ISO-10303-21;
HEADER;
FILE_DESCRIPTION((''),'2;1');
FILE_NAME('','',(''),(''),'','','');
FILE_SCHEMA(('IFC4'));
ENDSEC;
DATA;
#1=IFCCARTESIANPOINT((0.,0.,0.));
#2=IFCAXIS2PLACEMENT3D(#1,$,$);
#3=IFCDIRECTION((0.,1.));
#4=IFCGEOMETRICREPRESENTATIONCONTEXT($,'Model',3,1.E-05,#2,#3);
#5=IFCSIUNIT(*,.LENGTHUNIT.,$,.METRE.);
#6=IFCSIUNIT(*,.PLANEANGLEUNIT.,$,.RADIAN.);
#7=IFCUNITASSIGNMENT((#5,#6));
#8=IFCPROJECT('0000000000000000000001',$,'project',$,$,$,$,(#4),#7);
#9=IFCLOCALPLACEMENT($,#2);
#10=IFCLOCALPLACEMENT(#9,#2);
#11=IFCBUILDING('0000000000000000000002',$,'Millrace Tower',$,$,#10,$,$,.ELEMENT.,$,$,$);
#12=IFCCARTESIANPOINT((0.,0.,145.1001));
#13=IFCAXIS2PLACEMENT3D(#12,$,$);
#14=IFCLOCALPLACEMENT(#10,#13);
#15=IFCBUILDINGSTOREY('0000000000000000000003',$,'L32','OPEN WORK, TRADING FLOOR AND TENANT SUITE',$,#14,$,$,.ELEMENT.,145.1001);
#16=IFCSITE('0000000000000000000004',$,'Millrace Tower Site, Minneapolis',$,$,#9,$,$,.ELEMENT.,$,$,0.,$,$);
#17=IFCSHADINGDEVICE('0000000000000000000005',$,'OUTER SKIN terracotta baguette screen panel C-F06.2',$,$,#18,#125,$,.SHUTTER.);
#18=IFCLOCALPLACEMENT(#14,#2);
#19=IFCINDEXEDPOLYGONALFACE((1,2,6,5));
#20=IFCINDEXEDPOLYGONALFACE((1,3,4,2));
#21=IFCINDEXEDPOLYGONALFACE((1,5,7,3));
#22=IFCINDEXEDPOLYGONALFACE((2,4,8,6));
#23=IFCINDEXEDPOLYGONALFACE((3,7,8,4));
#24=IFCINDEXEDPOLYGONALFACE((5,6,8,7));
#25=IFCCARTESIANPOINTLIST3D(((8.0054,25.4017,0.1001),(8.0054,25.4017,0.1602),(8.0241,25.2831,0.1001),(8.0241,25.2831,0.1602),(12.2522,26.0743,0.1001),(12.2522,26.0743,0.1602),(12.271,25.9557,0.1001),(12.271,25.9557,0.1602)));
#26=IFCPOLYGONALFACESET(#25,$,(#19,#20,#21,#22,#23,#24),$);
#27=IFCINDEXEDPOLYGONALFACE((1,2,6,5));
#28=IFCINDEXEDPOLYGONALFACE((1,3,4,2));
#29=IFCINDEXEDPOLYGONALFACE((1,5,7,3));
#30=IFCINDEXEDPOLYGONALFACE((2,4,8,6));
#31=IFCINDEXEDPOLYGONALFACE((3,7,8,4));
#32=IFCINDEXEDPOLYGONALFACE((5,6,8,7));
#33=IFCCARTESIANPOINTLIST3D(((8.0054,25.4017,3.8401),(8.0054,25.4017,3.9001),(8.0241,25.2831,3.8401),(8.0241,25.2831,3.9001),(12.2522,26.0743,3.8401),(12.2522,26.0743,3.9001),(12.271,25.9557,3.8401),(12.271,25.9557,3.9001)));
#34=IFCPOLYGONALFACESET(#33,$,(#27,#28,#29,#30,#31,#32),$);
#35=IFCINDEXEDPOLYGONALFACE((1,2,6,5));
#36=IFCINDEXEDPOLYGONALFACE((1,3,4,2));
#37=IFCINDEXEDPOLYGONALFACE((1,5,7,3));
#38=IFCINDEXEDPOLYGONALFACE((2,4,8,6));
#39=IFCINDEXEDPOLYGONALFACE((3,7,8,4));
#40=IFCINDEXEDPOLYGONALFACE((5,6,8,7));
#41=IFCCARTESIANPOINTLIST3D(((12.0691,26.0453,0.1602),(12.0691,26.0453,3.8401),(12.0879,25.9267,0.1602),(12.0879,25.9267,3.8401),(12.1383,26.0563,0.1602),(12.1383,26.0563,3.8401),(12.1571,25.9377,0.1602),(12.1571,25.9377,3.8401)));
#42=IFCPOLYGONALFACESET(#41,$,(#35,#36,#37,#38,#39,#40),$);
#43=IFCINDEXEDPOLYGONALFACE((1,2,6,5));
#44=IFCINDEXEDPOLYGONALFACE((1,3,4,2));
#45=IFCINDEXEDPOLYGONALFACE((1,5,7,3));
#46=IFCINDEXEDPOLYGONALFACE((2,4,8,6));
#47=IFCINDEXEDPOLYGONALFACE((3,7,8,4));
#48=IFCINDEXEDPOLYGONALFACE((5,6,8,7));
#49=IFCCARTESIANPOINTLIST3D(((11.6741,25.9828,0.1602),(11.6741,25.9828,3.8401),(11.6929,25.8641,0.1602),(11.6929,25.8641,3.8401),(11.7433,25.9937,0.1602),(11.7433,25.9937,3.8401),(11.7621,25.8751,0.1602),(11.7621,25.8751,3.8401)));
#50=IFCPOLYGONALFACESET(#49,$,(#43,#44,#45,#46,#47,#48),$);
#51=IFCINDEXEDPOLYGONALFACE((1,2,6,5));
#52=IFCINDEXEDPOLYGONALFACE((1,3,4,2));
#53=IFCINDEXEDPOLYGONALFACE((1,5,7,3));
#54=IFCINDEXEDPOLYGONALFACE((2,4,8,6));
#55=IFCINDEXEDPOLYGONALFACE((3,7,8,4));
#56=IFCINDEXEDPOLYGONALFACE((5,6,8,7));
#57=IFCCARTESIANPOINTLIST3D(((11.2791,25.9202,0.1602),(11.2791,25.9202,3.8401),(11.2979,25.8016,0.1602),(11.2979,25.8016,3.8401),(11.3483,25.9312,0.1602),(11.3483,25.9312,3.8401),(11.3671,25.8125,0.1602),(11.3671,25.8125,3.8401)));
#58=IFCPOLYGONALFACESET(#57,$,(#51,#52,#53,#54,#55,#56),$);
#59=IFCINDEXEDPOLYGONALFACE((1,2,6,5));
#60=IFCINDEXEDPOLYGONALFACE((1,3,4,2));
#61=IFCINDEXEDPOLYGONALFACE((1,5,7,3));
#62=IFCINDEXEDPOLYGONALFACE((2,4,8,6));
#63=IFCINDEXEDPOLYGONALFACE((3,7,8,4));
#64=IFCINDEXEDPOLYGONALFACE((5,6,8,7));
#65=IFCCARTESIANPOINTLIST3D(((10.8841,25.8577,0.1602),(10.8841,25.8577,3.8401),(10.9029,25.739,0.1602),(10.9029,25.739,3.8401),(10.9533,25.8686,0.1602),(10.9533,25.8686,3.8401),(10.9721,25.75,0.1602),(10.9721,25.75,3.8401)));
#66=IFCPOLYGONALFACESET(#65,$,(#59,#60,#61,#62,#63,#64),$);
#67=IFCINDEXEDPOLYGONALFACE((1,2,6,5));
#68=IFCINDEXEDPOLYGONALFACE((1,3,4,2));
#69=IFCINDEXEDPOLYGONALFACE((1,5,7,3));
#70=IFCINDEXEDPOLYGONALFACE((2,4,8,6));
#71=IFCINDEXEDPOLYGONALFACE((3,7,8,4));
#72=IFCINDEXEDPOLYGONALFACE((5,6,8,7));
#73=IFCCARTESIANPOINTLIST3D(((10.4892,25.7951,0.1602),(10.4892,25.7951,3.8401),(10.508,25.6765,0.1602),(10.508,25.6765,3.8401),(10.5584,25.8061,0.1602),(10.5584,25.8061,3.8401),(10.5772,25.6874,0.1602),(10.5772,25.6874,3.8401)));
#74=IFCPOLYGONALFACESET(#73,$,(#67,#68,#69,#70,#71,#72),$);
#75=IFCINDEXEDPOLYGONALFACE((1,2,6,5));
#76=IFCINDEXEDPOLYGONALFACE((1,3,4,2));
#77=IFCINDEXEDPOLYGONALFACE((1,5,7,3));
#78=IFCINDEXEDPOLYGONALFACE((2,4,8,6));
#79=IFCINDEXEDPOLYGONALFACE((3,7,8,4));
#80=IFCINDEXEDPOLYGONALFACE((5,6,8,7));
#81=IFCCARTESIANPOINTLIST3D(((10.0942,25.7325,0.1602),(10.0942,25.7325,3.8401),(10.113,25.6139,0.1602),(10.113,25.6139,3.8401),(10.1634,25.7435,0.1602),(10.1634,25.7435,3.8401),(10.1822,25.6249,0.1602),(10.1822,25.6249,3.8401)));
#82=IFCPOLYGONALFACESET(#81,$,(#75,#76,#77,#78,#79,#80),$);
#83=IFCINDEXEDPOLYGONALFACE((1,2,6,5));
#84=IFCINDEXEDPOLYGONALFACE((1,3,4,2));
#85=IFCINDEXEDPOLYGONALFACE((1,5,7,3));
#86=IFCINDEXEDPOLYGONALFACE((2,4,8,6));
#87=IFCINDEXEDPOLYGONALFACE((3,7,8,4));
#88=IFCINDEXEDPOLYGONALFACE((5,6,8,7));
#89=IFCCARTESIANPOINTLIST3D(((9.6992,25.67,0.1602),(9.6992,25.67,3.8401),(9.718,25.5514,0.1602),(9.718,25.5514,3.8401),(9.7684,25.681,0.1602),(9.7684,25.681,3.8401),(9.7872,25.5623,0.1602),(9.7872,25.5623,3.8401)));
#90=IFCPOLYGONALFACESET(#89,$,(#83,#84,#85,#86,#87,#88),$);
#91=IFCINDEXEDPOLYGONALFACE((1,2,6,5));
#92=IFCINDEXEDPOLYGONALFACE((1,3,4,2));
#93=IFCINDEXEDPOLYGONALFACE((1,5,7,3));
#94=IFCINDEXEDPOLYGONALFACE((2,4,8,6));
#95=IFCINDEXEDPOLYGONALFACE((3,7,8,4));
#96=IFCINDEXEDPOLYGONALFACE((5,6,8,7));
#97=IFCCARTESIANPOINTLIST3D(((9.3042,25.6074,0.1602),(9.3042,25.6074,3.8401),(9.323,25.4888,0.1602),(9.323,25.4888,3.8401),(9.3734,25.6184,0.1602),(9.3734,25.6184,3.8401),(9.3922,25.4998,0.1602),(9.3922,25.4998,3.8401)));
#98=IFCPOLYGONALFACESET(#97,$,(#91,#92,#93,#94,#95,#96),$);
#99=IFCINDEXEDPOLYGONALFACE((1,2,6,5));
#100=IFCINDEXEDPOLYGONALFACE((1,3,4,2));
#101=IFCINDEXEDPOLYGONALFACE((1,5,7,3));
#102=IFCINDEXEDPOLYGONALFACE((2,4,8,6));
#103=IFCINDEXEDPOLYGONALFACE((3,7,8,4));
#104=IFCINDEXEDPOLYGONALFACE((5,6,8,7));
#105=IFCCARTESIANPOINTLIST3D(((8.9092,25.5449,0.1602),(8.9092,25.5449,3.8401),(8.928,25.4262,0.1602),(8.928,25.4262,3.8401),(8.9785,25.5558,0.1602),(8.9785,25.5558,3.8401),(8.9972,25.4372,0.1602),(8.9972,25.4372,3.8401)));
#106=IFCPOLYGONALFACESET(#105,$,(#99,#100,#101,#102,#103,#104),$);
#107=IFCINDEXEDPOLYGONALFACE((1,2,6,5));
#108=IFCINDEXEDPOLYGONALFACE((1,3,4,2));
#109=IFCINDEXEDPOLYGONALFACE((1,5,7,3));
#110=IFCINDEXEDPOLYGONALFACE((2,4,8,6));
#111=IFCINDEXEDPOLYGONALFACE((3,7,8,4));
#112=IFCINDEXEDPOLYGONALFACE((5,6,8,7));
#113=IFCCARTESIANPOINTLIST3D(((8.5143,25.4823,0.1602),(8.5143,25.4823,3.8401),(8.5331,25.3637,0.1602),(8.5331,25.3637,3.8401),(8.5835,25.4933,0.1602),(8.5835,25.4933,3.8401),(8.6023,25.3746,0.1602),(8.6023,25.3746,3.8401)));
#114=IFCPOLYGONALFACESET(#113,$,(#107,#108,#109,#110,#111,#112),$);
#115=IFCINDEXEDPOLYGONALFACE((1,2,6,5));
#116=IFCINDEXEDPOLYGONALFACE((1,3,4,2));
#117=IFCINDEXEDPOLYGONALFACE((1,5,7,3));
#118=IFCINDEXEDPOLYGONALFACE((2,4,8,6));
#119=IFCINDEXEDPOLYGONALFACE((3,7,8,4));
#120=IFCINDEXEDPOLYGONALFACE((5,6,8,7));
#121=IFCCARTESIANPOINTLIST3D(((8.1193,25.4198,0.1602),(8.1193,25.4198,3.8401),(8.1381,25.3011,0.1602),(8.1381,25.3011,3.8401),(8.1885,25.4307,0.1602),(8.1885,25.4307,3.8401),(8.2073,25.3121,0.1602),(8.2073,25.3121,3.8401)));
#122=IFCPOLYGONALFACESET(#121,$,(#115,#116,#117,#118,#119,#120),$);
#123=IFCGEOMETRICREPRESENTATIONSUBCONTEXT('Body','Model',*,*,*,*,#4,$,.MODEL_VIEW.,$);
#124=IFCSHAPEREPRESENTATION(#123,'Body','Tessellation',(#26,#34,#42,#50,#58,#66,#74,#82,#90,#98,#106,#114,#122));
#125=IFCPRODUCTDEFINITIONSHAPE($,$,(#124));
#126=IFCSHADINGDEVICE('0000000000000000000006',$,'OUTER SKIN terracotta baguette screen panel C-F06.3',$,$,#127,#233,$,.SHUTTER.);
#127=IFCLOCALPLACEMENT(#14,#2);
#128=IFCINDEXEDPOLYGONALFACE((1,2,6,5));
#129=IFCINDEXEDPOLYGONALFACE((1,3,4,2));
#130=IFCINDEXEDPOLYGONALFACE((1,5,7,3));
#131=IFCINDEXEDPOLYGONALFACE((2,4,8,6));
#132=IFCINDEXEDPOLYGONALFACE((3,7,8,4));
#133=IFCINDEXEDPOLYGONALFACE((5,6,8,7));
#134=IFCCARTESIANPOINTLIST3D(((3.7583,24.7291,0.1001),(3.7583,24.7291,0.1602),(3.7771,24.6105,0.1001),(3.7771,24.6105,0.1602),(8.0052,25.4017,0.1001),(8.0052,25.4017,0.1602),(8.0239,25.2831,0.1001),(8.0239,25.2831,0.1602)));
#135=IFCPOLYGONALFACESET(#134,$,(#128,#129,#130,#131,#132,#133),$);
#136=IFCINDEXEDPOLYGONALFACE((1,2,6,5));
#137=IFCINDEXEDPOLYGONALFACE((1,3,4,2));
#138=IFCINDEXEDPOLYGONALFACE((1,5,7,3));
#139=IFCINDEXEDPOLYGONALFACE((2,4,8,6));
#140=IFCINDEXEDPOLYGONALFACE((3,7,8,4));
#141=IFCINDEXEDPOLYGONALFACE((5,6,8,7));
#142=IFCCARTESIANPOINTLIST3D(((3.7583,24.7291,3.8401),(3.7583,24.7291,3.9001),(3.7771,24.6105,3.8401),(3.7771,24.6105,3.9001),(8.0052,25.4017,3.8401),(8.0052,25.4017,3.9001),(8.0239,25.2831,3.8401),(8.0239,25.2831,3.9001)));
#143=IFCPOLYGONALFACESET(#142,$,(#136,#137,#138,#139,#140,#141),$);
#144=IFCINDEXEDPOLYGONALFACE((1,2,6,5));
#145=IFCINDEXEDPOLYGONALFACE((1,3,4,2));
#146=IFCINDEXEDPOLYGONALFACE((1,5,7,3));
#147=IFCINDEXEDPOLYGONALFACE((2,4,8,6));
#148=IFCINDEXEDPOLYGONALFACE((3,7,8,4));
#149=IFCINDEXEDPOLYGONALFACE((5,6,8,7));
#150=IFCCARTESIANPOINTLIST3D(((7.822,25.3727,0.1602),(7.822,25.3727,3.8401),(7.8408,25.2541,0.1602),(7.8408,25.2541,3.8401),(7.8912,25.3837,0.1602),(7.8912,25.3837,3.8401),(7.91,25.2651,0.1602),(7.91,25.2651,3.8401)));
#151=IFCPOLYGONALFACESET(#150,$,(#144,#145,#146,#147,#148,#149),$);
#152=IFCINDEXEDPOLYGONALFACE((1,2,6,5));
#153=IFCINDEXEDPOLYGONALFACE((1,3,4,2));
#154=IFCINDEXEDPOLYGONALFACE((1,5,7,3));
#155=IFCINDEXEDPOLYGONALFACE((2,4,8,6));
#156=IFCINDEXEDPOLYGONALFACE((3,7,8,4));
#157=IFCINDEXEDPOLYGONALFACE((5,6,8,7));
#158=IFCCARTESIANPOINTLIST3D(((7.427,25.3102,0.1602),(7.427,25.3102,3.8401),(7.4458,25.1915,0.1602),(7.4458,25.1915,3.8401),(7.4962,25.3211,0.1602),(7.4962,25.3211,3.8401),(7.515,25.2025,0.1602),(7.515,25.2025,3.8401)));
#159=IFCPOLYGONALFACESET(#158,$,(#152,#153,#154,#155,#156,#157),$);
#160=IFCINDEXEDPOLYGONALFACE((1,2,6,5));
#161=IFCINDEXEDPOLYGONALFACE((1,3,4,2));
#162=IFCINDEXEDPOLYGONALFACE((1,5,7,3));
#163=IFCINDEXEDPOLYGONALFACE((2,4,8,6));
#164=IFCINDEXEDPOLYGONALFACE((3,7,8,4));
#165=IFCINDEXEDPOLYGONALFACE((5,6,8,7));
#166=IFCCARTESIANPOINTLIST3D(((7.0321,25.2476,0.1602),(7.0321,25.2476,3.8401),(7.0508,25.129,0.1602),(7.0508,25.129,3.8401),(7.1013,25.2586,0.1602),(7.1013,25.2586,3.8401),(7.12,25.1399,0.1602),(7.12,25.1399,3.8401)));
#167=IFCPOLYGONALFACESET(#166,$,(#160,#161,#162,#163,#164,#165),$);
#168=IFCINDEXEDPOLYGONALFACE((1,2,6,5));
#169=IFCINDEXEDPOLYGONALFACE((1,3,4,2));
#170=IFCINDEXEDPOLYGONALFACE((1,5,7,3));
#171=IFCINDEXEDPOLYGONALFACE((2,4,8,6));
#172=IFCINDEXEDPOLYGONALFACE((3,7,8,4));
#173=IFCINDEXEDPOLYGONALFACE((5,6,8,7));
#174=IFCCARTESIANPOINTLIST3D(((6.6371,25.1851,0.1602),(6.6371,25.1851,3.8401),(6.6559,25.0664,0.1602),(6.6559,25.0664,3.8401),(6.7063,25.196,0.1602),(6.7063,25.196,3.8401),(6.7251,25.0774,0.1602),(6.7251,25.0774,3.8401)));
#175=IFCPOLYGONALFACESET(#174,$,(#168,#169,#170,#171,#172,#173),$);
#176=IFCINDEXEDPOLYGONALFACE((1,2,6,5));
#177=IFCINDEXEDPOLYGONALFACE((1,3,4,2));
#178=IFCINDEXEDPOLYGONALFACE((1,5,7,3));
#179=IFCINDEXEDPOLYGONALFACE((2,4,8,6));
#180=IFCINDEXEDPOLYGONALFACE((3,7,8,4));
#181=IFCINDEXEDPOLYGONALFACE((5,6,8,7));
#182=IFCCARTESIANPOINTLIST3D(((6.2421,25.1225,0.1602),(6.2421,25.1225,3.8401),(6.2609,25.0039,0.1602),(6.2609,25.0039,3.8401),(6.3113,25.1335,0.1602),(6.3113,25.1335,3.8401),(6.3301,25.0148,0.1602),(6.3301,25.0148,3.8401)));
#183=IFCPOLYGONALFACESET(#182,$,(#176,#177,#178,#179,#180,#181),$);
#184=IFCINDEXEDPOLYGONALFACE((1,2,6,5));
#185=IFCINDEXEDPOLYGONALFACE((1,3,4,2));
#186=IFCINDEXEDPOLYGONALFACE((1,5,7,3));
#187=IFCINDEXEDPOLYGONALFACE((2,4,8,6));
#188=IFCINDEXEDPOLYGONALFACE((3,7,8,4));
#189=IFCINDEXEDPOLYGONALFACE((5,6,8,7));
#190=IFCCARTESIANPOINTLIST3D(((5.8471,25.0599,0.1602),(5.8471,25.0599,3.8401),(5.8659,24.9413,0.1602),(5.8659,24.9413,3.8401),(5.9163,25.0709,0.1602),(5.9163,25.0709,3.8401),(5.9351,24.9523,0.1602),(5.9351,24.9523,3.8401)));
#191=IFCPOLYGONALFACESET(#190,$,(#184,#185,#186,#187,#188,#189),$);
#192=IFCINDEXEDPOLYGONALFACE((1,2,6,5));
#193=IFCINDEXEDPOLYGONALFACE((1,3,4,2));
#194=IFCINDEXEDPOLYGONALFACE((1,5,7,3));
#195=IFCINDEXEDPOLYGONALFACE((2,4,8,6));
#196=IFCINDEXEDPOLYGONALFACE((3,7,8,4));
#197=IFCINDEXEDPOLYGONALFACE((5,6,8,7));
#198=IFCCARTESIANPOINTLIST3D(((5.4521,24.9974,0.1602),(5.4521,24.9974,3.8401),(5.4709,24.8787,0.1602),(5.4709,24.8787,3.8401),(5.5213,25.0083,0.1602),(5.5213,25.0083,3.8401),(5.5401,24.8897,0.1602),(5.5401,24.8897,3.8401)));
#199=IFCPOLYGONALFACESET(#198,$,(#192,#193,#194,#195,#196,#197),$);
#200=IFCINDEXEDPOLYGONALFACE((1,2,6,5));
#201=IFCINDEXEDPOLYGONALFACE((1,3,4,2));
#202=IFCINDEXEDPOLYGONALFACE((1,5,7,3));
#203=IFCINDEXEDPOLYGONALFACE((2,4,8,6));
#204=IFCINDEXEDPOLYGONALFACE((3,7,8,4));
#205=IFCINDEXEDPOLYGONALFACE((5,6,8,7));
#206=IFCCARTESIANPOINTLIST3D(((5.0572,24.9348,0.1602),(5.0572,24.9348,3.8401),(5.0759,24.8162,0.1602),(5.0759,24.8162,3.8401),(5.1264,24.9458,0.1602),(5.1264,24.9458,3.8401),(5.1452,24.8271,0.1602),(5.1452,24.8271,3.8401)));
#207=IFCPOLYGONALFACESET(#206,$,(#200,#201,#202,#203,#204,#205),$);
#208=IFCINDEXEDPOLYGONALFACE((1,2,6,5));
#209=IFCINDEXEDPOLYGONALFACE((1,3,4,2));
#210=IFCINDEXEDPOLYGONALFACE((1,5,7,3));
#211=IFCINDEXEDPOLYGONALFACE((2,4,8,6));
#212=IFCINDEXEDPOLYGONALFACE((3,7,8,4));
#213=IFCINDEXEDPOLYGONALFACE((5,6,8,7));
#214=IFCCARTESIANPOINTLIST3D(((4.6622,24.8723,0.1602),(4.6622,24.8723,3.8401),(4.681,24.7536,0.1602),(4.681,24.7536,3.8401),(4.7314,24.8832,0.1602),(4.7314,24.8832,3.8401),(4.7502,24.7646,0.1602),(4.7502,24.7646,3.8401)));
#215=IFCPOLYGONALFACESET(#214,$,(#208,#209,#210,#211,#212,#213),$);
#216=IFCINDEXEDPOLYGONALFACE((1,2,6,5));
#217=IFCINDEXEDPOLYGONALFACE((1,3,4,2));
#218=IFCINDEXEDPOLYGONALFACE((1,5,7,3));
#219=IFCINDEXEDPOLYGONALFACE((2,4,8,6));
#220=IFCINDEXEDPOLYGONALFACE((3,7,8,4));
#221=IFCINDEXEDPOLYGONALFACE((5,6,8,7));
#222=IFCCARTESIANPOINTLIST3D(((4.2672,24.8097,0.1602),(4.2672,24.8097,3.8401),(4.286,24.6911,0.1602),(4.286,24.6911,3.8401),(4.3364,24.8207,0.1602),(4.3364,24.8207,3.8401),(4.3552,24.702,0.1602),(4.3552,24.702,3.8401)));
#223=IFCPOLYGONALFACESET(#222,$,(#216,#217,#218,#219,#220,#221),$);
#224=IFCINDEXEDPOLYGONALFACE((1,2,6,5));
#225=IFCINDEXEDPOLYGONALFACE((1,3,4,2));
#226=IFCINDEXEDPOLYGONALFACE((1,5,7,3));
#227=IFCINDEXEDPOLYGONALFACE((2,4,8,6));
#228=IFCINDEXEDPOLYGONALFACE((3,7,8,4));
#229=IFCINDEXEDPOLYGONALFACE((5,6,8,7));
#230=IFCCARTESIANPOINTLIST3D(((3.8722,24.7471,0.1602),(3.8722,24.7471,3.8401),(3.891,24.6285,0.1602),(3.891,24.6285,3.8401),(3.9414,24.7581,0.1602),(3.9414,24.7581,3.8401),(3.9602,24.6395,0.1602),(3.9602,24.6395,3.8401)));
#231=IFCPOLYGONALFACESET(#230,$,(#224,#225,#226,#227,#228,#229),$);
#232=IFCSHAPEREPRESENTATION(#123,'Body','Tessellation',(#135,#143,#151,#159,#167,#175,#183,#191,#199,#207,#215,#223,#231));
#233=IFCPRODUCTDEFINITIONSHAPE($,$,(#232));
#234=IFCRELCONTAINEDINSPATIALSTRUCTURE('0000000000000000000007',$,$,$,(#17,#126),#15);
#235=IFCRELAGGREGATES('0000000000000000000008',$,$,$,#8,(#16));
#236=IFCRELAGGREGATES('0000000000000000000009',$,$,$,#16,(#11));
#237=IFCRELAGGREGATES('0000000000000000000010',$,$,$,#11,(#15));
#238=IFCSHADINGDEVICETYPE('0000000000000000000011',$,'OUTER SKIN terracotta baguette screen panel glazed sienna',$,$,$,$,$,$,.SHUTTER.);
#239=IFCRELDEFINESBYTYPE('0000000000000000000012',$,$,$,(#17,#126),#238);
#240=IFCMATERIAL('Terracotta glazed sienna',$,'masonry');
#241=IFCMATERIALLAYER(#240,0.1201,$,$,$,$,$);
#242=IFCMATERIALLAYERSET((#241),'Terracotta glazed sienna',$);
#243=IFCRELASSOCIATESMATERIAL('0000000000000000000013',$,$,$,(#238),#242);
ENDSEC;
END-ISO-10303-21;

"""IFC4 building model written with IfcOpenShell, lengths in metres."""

from ifc_helpers import new_model, entity, si_unit, direction, frame, frame_2d, origin, origin_2d, place, context, subcontext, project, spatial, rectangle, extrude, source, transform, mapped, material, layer, layer_set, type_object, element, save


model = new_model("IFC4")

# Units and contexts
model_context = context("Model", 3, precision=1e-05, world=origin(), true_north=direction((0.0, 1.0)))
body_context = subcontext(model_context, "Body", "Model", "MODEL_VIEW")
ifc_project = project(units=[si_unit("LENGTHUNIT", "METRE"), si_unit("PLANEANGLEUNIT", "RADIAN")], contexts=[model_context])

# Site, building, storey
site_placement = place(None, origin())
site = spatial("IfcSite", under=ifc_project, at=site_placement, Name="Millrace Tower Site, Minneapolis", CompositionType="ELEMENT", RefElevation=0.0)
building_placement = place(site_placement, origin())
building = spatial("IfcBuilding", under=site, at=building_placement, Name="Millrace Tower", CompositionType="ELEMENT")
storey_placement = place(building_placement, frame((0.0, 0.0, 145.1001)))
storey = spatial("IfcBuildingStorey", under=building, at=storey_placement, Name="L32", Description="OPEN WORK, TRADING FLOOR AND TENANT SUITE", CompositionType="ELEMENT", Elevation=145.1001)

# Shading devices
ifc_material_1 = material(Name="Terracotta glazed sienna", Category="masonry")
ifc_layer_1 = layer(ifc_material_1, 0.1201)
ifc_layer_set_1 = layer_set([ifc_layer_1], Name="Terracotta glazed sienna")
shading_device_type = type_object("IfcShadingDeviceType", Name="OUTER SKIN terracotta baguette screen panel glazed sienna", PredefinedType="SHUTTER", material=ifc_layer_set_1)
cartesian_point_1 = entity("IfcCartesianPoint", [-2.1499, 0.0601])
shared_polyline_1 = entity("IfcPolyline", [cartesian_point_1, entity("IfcCartesianPoint", [2.1499, 0.0601]), entity("IfcCartesianPoint", [2.1499, -0.0601]), entity("IfcCartesianPoint", [-2.1499, -0.0601]), cartesian_point_1])
shared_shape_1 = source(origin(), body_context, "Body", "SweptSolid", [
    entity("IfcExtrudedAreaSolid", entity("IfcArbitraryClosedProfileDef", "AREA", None, shared_polyline_1), entity("IfcAxis2Placement3D", entity("IfcCartesianPoint", [0.0, 0.0, 0.0])), entity("IfcDirection", [0.0, 0.0, 1.0]), 0.0601),
    entity("IfcExtrudedAreaSolid", entity("IfcArbitraryClosedProfileDef", "AREA", None, shared_polyline_1), entity("IfcAxis2Placement3D", entity("IfcCartesianPoint", [0.0, 0.0, 3.74])), entity("IfcDirection", [0.0, 0.0, 1.0]), 0.0601),
    extrude(rectangle(XDim=0.0701, YDim=0.1201, at=frame_2d((-1.9995, 0.0))), frame((0.0, 0.0, 0.0601)), (0.0, 0.0, 1.0), 3.6799),
    extrude(rectangle(XDim=0.0701, YDim=0.1201, at=frame_2d((-1.5996, 0.0))), frame((0.0, 0.0, 0.0601)), (0.0, 0.0, 1.0), 3.6799),
    extrude(rectangle(XDim=0.0701, YDim=0.1201, at=frame_2d((-1.1997, 0.0))), frame((0.0, 0.0, 0.0601)), (0.0, 0.0, 1.0), 3.6799),
    extrude(rectangle(XDim=0.0701, YDim=0.1201, at=frame_2d((-0.7998, 0.0))), frame((0.0, 0.0, 0.0601)), (0.0, 0.0, 1.0), 3.6799),
    extrude(rectangle(XDim=0.0701, YDim=0.1201, at=frame_2d((-0.3999, 0.0))), frame((0.0, 0.0, 0.0601)), (0.0, 0.0, 1.0), 3.6799),
    extrude(rectangle(XDim=0.0701, YDim=0.1201, at=origin_2d()), frame((0.0, 0.0, 0.0601)), (0.0, 0.0, 1.0), 3.6799),
    extrude(rectangle(XDim=0.0701, YDim=0.1201, at=frame_2d((0.3999, 0.0))), frame((0.0, 0.0, 0.0601)), (0.0, 0.0, 1.0), 3.6799),
    extrude(rectangle(XDim=0.0701, YDim=0.1201, at=frame_2d((0.7998, 0.0))), frame((0.0, 0.0, 0.0601)), (0.0, 0.0, 1.0), 3.6799),
    extrude(rectangle(XDim=0.0701, YDim=0.1201, at=frame_2d((1.1997, 0.0))), frame((0.0, 0.0, 0.0601)), (0.0, 0.0, 1.0), 3.6799),
    extrude(rectangle(XDim=0.0701, YDim=0.1201, at=frame_2d((1.5996, 0.0))), frame((0.0, 0.0, 0.0601)), (0.0, 0.0, 1.0), 3.6799),
    extrude(rectangle(XDim=0.0701, YDim=0.1201, at=frame_2d((1.9995, 0.0))), frame((0.0, 0.0, 0.0601)), (0.0, 0.0, 1.0), 3.6799),
])
for number, where, z_axis, x_axis, name in (
    (1, (10.1382, 25.6787, 0.1001), (0.0, 0.0, 1.0), (-0.987688, -0.156434, 0.0), "OUTER SKIN terracotta baguette screen panel C-F06.2"),
    (2, (5.8911, 25.0061, 0.1001), (0.0, 0.0, 1.0), (-0.987688, -0.156434, 0.0), "OUTER SKIN terracotta baguette screen panel C-F06.3"),
):
    element("IfcShadingDevice", number, at=place(storey_placement, frame(where, z_axis=z_axis, x_axis=x_axis)), inside=storey, type_object=shading_device_type, Name=name, PredefinedType="SHUTTER", context=body_context, shape_type="MappedRepresentation", body=[
        mapped(shared_shape_1, transform((0.0, 0.0, 0.0), scale=1.0)),
    ])

save(model, "model.ifc")
